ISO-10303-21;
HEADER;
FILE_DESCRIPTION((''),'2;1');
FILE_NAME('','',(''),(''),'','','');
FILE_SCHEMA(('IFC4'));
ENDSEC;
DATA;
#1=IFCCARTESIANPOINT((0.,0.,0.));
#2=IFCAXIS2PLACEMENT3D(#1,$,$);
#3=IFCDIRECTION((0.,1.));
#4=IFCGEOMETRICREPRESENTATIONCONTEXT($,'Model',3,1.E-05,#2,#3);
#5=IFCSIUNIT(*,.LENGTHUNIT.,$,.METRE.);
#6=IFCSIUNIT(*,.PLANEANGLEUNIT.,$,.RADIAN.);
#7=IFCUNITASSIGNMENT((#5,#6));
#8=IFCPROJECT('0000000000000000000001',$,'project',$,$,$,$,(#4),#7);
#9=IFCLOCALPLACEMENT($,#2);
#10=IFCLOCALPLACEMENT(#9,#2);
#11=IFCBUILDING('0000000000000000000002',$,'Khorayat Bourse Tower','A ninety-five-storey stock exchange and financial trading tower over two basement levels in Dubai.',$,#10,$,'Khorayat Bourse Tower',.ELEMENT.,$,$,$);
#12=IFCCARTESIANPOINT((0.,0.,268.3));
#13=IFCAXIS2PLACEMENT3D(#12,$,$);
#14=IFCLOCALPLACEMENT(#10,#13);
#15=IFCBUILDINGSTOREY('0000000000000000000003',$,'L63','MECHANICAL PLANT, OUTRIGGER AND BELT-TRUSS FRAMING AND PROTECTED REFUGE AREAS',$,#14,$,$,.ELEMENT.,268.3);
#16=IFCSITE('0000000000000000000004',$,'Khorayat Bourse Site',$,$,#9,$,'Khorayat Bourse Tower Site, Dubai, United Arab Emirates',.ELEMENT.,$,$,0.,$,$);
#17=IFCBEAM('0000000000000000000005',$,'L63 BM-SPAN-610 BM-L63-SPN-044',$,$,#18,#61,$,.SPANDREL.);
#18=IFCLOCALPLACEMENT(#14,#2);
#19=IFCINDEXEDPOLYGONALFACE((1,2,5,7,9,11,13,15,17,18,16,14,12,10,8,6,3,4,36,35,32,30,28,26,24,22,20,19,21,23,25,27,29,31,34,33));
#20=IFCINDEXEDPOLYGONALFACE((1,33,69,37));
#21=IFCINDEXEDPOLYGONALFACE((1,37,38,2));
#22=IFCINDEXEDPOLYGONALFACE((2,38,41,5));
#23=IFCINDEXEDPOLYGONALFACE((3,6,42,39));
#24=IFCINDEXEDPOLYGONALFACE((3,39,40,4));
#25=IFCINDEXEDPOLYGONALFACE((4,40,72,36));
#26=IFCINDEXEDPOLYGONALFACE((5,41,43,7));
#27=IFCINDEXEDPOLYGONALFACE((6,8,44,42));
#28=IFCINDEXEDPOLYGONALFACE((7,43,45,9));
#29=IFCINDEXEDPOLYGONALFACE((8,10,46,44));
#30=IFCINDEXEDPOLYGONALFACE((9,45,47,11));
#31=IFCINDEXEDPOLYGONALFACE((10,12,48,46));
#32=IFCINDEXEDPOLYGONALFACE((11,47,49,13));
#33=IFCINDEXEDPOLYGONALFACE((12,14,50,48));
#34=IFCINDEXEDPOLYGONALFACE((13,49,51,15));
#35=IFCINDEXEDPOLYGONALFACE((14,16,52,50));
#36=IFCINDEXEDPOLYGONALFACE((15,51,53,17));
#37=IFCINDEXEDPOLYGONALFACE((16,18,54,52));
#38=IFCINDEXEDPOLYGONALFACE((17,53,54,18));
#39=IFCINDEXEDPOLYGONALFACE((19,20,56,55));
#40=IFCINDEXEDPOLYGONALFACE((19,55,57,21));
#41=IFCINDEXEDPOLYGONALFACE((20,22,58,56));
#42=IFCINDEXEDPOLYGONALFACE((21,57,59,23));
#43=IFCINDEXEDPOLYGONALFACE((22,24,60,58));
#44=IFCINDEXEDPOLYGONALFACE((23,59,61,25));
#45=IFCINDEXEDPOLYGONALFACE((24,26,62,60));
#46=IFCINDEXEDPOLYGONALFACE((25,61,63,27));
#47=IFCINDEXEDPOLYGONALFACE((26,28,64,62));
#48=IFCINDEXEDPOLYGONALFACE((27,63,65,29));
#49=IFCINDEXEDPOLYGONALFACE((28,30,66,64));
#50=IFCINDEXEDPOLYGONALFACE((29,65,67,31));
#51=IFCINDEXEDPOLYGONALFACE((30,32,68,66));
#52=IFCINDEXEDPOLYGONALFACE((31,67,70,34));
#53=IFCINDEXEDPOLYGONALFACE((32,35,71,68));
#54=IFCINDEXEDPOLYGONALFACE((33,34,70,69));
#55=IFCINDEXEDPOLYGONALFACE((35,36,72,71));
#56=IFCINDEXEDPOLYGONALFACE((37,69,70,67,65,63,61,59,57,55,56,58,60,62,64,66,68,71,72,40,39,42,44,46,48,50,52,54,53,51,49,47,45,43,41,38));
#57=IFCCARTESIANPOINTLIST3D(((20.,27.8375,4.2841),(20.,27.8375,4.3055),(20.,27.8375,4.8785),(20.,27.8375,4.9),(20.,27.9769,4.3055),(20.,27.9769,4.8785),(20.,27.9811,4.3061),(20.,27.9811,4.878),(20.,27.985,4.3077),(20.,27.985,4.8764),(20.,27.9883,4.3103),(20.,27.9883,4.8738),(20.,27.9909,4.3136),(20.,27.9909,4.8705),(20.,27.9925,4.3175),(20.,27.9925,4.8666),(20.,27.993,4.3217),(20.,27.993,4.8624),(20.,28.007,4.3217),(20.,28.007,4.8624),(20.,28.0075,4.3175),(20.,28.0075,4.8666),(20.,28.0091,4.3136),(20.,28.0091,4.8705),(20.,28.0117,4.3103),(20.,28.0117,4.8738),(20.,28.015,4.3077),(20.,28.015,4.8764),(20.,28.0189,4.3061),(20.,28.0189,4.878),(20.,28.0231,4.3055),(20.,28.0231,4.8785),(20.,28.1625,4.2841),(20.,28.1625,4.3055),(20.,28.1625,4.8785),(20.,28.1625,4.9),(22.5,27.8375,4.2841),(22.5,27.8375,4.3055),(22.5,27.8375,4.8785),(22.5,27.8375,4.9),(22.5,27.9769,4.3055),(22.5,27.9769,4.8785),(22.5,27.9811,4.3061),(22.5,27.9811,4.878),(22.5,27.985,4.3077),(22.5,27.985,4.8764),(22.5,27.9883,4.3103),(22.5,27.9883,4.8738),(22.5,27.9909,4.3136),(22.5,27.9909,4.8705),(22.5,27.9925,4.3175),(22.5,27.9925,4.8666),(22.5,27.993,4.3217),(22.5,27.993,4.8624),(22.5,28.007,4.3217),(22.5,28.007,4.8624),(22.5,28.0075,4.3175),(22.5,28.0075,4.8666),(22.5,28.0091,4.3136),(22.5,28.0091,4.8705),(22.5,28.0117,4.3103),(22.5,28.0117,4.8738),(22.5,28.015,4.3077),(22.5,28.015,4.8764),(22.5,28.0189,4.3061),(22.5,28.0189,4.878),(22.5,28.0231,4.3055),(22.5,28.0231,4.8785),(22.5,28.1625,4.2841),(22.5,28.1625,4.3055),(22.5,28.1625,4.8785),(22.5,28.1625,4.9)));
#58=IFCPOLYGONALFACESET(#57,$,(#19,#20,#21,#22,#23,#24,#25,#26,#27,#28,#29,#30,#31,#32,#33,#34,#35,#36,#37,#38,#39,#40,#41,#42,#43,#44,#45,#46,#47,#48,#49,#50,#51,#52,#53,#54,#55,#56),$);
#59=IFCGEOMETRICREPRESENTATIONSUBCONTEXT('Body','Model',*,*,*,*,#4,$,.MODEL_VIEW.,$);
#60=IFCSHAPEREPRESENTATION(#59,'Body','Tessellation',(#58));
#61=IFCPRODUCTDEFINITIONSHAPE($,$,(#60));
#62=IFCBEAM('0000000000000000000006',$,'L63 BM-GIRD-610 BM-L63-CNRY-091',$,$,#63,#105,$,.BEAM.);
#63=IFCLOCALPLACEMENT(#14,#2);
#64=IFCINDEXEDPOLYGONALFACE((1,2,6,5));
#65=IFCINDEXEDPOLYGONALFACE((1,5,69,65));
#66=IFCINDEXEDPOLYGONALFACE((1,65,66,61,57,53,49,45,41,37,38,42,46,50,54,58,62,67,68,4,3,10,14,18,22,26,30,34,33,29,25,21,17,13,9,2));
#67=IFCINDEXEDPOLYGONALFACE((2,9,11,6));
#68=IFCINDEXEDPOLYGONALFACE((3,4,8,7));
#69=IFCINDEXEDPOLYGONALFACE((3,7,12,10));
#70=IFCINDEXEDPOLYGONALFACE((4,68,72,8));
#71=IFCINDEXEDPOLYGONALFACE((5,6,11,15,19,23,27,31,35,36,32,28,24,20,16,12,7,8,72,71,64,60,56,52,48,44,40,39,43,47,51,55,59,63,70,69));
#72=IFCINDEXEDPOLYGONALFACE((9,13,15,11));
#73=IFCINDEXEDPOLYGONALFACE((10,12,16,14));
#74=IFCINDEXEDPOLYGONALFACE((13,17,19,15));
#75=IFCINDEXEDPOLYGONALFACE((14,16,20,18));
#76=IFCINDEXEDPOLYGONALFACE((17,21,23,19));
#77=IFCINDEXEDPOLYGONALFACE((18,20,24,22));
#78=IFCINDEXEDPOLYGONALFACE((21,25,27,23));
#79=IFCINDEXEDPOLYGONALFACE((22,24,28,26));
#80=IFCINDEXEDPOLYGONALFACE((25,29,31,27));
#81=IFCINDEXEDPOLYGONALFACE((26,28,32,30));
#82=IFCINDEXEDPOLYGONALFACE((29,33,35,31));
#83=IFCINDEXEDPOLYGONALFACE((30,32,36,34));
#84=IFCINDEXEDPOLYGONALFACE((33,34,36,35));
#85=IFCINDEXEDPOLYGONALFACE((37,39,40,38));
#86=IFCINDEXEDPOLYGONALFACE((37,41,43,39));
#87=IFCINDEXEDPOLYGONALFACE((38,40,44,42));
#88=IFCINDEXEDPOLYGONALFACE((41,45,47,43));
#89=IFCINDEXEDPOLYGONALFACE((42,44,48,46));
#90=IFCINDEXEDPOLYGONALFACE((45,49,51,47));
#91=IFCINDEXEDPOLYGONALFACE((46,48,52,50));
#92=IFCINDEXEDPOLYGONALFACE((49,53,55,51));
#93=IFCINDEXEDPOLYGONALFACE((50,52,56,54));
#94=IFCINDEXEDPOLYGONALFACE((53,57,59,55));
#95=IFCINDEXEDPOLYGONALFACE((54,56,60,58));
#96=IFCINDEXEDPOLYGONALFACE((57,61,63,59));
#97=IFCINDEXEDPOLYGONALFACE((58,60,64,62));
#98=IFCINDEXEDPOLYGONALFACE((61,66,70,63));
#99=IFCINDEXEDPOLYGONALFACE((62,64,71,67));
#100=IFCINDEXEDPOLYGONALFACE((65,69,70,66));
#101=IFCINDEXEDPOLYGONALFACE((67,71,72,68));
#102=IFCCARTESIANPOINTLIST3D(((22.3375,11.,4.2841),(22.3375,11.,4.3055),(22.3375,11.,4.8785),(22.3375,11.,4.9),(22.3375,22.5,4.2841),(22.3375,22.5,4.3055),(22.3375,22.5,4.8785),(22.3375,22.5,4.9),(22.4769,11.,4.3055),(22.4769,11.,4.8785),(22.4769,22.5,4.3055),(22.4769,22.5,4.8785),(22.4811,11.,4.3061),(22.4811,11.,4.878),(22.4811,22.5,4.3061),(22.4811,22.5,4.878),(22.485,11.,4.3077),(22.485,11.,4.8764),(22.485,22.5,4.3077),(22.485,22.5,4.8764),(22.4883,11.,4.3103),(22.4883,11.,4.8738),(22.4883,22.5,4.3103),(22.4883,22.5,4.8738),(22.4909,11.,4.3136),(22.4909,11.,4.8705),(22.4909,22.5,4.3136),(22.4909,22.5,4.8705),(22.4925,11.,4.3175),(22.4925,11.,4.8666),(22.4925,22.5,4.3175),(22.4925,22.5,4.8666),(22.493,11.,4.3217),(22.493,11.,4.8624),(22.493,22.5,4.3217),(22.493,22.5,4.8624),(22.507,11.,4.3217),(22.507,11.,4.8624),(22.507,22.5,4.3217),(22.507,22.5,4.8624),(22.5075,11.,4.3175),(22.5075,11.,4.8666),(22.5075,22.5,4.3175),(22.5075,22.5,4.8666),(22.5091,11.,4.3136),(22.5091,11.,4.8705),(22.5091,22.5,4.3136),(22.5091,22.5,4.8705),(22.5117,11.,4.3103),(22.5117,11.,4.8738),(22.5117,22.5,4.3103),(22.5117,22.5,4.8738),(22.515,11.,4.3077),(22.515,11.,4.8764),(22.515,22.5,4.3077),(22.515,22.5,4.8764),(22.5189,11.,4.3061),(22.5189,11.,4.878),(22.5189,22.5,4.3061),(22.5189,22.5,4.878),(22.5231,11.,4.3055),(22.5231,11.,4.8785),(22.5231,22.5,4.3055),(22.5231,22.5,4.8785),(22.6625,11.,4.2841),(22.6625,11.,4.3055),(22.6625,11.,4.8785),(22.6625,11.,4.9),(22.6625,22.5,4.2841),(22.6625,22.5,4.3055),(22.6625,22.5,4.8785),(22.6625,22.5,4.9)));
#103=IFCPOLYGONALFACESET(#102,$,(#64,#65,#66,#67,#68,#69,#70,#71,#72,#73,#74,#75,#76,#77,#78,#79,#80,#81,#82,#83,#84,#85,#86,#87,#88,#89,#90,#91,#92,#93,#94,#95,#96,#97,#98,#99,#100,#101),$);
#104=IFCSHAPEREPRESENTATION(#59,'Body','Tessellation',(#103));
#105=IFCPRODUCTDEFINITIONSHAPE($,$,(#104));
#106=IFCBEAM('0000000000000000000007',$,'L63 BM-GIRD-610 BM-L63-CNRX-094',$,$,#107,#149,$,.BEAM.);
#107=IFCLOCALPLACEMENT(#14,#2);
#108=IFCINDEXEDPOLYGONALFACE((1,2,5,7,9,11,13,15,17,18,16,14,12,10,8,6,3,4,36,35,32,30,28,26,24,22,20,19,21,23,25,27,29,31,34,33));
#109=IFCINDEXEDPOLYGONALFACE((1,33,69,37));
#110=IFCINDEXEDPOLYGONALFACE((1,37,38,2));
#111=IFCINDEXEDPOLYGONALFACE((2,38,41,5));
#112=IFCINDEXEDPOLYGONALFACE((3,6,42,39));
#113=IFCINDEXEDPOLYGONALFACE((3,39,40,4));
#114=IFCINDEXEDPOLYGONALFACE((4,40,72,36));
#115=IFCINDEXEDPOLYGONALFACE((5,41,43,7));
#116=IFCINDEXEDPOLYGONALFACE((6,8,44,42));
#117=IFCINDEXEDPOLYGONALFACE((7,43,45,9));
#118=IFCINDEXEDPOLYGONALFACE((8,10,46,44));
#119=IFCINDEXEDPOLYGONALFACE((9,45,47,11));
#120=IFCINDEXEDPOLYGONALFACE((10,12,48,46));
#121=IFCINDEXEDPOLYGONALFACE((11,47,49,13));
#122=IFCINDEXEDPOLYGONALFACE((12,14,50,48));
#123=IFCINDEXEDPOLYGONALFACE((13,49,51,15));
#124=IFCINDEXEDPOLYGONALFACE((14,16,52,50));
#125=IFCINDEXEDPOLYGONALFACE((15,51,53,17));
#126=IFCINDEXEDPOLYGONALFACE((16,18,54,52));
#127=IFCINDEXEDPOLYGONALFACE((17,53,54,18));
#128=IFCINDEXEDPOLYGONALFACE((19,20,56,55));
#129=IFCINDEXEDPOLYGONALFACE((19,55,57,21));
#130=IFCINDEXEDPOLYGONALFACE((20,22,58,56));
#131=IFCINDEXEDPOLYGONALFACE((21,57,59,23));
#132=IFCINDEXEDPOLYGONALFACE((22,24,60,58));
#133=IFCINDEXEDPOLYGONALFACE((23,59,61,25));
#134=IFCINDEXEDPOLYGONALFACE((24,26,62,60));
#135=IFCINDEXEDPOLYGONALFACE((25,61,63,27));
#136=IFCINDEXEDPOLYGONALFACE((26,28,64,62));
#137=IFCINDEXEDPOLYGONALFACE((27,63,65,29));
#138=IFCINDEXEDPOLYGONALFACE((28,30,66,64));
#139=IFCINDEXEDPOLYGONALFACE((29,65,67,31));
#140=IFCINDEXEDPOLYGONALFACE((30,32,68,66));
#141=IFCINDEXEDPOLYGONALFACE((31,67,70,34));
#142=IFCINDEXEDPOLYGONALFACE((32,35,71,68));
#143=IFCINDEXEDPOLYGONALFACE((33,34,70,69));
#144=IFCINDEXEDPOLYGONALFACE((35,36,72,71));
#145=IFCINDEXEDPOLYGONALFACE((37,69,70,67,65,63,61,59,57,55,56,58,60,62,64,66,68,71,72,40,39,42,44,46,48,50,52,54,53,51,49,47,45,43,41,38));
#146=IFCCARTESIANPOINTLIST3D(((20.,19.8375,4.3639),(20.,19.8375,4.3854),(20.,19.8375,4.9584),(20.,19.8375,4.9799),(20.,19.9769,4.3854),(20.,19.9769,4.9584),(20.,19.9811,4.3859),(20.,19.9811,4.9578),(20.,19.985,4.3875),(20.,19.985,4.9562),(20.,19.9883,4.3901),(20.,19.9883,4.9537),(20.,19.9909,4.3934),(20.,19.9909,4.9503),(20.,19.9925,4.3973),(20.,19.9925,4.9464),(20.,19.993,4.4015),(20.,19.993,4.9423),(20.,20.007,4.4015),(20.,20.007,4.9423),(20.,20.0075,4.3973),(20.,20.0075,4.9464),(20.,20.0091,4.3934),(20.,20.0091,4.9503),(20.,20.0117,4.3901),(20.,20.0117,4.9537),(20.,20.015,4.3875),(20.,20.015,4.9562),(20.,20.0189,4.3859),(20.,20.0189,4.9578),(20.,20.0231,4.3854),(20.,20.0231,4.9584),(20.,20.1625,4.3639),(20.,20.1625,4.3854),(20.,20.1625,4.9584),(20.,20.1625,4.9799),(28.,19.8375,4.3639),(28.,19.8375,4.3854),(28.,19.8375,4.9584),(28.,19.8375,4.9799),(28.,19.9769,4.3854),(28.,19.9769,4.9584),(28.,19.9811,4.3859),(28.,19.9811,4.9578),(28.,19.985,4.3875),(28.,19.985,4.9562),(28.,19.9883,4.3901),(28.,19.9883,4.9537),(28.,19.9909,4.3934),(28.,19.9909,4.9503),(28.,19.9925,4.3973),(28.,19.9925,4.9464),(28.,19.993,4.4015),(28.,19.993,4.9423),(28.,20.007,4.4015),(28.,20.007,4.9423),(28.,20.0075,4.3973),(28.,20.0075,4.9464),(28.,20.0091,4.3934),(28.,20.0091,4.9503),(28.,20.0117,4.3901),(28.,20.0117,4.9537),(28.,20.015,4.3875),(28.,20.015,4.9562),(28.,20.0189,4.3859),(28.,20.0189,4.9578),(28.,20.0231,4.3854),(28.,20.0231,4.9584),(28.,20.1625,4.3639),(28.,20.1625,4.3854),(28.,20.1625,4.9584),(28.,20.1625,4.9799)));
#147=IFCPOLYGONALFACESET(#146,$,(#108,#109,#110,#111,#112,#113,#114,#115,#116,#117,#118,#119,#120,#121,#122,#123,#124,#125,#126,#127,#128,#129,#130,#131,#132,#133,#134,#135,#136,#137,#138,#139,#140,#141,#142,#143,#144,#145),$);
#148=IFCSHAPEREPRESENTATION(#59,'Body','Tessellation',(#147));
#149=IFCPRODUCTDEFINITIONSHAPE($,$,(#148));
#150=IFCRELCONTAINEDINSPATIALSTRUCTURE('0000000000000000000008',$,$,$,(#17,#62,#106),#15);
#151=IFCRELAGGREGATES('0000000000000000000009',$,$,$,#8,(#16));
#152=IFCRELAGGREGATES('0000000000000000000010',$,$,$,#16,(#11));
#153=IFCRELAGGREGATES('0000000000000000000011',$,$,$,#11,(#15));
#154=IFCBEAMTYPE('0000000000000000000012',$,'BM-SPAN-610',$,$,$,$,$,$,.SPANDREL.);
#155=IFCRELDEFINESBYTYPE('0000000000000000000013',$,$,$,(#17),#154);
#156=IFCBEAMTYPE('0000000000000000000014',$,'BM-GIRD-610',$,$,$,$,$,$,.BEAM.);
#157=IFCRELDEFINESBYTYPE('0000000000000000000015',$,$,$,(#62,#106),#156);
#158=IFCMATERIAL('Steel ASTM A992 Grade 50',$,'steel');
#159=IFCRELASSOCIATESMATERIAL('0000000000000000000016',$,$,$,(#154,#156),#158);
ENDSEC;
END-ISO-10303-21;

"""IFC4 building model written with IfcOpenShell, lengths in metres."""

from ifc_helpers import new_model, si_unit, direction, frame, origin, origin_2d, place, context, subcontext, project, spatial, i_section, extrude, source, transform, mapped, material, material_profile, profile_set, type_object, element, save


model = new_model("IFC4")

# Units and contexts
model_context = context("Model", 3, precision=1e-05, world=origin(), true_north=direction((0.0, 1.0)))
body_context = subcontext(model_context, "Body", "Model", "MODEL_VIEW")
ifc_project = project(units=[si_unit("LENGTHUNIT", "METRE"), si_unit("PLANEANGLEUNIT", "RADIAN")], contexts=[model_context])

# Site, building, storey
site_placement = place(None, origin())
site = spatial("IfcSite", under=ifc_project, at=site_placement, Name="Khorayat Bourse Site", LongName="Khorayat Bourse Tower Site, Dubai, United Arab Emirates", CompositionType="ELEMENT", RefElevation=0.0)
building_placement = place(site_placement, origin())
building = spatial("IfcBuilding", under=site, at=building_placement, Name="Khorayat Bourse Tower", Description="A ninety-five-storey stock exchange and financial trading tower over two basement levels in Dubai.", LongName="Khorayat Bourse Tower", CompositionType="ELEMENT")
storey_placement = place(building_placement, frame((0.0, 0.0, 268.3)))
storey = spatial("IfcBuildingStorey", under=building, at=storey_placement, Name="L63", Description="MECHANICAL PLANT, OUTRIGGER AND BELT-TRUSS FRAMING AND PROTECTED REFUGE AREAS", CompositionType="ELEMENT", Elevation=268.3)

# Beams
ifc_material_1 = material(Name="Steel ASTM A992 Grade 50", Category="steel")
ifc_material_profile_1 = material_profile(ifc_material_1, i_section(OverallWidth=0.325, OverallDepth=0.616, WebThickness=0.0139, FlangeThickness=0.0215, FilletRadius=0.0161, at=origin_2d()), Name="W610X174")
ifc_profile_set_1 = profile_set([ifc_material_profile_1], Name="Steel ASTM A992 Grade 50")
beam_type_1 = type_object("IfcBeamType", Name="BM-SPAN-610", PredefinedType="SPANDREL", material=ifc_profile_set_1)
shared_shape_1 = source(origin(), body_context, "Body", "SweptSolid", [
    extrude(i_section(OverallWidth=0.325, OverallDepth=0.616, WebThickness=0.0139, FlangeThickness=0.0215, FilletRadius=0.0161, at=origin_2d()), origin(), (0.0, 0.0, 1.0), 2.5),
])
for number, where, z_axis, x_axis, name in (
    (1, (20.0, 28.0, 4.592), (1.0, 0.0, 0.0), (0.0, 1.0, 0.0), "L63 BM-SPAN-610 BM-L63-SPN-044"),
):
    element("IfcBeam", number, at=place(storey_placement, frame(where, z_axis=z_axis, x_axis=x_axis)), inside=storey, type_object=beam_type_1, Name=name, PredefinedType="SPANDREL", context=body_context, shape_type="MappedRepresentation", body=[
        mapped(shared_shape_1, transform((0.0, 0.0, 0.0), scale=1.0)),
    ])
ifc_material_profile_2 = material_profile(ifc_material_1, i_section(OverallWidth=0.325, OverallDepth=0.616, WebThickness=0.0139, FlangeThickness=0.0215, FilletRadius=0.0161, at=origin_2d()), Name="W610X174")
ifc_profile_set_2 = profile_set([ifc_material_profile_2], Name="Steel ASTM A992 Grade 50")
beam_type_2 = type_object("IfcBeamType", Name="BM-GIRD-610", PredefinedType="BEAM", material=ifc_profile_set_2)
shared_shape_2 = source(origin(), body_context, "Body", "SweptSolid", [
    extrude(i_section(OverallWidth=0.325, OverallDepth=0.616, WebThickness=0.0139, FlangeThickness=0.0215, FilletRadius=0.0161, at=origin_2d()), origin(), (0.0, 0.0, 1.0), 11.5),
])
beam_1_placement = place(storey_placement, frame((22.5, 11.0, 4.592), z_axis=(0.0, 1.0, 0.0), x_axis=(-1.0, 0.0, 0.0)))
element("IfcBeam", 2, at=beam_1_placement, inside=storey, type_object=beam_type_2, Name="L63 BM-GIRD-610 BM-L63-CNRY-091", PredefinedType="BEAM", context=body_context, shape_type="MappedRepresentation", body=[
    mapped(shared_shape_2, transform((0.0, 0.0, 0.0), scale=1.0)),
])
shared_shape_3 = source(origin(), body_context, "Body", "SweptSolid", [
    extrude(i_section(OverallWidth=0.325, OverallDepth=0.616, WebThickness=0.0139, FlangeThickness=0.0215, FilletRadius=0.0161, at=origin_2d()), origin(), (0.0, 0.0, 1.0), 8.0),
])
beam_2_placement = place(storey_placement, frame((20.0, 20.0, 4.6719), z_axis=(1.0, 0.0, 0.0), x_axis=(0.0, 1.0, 0.0)))
element("IfcBeam", 3, at=beam_2_placement, inside=storey, type_object=beam_type_2, Name="L63 BM-GIRD-610 BM-L63-CNRX-094", PredefinedType="BEAM", context=body_context, shape_type="MappedRepresentation", body=[
    mapped(shared_shape_3, transform((0.0, 0.0, 0.0), scale=1.0)),
])

save(model, "model.ifc")
